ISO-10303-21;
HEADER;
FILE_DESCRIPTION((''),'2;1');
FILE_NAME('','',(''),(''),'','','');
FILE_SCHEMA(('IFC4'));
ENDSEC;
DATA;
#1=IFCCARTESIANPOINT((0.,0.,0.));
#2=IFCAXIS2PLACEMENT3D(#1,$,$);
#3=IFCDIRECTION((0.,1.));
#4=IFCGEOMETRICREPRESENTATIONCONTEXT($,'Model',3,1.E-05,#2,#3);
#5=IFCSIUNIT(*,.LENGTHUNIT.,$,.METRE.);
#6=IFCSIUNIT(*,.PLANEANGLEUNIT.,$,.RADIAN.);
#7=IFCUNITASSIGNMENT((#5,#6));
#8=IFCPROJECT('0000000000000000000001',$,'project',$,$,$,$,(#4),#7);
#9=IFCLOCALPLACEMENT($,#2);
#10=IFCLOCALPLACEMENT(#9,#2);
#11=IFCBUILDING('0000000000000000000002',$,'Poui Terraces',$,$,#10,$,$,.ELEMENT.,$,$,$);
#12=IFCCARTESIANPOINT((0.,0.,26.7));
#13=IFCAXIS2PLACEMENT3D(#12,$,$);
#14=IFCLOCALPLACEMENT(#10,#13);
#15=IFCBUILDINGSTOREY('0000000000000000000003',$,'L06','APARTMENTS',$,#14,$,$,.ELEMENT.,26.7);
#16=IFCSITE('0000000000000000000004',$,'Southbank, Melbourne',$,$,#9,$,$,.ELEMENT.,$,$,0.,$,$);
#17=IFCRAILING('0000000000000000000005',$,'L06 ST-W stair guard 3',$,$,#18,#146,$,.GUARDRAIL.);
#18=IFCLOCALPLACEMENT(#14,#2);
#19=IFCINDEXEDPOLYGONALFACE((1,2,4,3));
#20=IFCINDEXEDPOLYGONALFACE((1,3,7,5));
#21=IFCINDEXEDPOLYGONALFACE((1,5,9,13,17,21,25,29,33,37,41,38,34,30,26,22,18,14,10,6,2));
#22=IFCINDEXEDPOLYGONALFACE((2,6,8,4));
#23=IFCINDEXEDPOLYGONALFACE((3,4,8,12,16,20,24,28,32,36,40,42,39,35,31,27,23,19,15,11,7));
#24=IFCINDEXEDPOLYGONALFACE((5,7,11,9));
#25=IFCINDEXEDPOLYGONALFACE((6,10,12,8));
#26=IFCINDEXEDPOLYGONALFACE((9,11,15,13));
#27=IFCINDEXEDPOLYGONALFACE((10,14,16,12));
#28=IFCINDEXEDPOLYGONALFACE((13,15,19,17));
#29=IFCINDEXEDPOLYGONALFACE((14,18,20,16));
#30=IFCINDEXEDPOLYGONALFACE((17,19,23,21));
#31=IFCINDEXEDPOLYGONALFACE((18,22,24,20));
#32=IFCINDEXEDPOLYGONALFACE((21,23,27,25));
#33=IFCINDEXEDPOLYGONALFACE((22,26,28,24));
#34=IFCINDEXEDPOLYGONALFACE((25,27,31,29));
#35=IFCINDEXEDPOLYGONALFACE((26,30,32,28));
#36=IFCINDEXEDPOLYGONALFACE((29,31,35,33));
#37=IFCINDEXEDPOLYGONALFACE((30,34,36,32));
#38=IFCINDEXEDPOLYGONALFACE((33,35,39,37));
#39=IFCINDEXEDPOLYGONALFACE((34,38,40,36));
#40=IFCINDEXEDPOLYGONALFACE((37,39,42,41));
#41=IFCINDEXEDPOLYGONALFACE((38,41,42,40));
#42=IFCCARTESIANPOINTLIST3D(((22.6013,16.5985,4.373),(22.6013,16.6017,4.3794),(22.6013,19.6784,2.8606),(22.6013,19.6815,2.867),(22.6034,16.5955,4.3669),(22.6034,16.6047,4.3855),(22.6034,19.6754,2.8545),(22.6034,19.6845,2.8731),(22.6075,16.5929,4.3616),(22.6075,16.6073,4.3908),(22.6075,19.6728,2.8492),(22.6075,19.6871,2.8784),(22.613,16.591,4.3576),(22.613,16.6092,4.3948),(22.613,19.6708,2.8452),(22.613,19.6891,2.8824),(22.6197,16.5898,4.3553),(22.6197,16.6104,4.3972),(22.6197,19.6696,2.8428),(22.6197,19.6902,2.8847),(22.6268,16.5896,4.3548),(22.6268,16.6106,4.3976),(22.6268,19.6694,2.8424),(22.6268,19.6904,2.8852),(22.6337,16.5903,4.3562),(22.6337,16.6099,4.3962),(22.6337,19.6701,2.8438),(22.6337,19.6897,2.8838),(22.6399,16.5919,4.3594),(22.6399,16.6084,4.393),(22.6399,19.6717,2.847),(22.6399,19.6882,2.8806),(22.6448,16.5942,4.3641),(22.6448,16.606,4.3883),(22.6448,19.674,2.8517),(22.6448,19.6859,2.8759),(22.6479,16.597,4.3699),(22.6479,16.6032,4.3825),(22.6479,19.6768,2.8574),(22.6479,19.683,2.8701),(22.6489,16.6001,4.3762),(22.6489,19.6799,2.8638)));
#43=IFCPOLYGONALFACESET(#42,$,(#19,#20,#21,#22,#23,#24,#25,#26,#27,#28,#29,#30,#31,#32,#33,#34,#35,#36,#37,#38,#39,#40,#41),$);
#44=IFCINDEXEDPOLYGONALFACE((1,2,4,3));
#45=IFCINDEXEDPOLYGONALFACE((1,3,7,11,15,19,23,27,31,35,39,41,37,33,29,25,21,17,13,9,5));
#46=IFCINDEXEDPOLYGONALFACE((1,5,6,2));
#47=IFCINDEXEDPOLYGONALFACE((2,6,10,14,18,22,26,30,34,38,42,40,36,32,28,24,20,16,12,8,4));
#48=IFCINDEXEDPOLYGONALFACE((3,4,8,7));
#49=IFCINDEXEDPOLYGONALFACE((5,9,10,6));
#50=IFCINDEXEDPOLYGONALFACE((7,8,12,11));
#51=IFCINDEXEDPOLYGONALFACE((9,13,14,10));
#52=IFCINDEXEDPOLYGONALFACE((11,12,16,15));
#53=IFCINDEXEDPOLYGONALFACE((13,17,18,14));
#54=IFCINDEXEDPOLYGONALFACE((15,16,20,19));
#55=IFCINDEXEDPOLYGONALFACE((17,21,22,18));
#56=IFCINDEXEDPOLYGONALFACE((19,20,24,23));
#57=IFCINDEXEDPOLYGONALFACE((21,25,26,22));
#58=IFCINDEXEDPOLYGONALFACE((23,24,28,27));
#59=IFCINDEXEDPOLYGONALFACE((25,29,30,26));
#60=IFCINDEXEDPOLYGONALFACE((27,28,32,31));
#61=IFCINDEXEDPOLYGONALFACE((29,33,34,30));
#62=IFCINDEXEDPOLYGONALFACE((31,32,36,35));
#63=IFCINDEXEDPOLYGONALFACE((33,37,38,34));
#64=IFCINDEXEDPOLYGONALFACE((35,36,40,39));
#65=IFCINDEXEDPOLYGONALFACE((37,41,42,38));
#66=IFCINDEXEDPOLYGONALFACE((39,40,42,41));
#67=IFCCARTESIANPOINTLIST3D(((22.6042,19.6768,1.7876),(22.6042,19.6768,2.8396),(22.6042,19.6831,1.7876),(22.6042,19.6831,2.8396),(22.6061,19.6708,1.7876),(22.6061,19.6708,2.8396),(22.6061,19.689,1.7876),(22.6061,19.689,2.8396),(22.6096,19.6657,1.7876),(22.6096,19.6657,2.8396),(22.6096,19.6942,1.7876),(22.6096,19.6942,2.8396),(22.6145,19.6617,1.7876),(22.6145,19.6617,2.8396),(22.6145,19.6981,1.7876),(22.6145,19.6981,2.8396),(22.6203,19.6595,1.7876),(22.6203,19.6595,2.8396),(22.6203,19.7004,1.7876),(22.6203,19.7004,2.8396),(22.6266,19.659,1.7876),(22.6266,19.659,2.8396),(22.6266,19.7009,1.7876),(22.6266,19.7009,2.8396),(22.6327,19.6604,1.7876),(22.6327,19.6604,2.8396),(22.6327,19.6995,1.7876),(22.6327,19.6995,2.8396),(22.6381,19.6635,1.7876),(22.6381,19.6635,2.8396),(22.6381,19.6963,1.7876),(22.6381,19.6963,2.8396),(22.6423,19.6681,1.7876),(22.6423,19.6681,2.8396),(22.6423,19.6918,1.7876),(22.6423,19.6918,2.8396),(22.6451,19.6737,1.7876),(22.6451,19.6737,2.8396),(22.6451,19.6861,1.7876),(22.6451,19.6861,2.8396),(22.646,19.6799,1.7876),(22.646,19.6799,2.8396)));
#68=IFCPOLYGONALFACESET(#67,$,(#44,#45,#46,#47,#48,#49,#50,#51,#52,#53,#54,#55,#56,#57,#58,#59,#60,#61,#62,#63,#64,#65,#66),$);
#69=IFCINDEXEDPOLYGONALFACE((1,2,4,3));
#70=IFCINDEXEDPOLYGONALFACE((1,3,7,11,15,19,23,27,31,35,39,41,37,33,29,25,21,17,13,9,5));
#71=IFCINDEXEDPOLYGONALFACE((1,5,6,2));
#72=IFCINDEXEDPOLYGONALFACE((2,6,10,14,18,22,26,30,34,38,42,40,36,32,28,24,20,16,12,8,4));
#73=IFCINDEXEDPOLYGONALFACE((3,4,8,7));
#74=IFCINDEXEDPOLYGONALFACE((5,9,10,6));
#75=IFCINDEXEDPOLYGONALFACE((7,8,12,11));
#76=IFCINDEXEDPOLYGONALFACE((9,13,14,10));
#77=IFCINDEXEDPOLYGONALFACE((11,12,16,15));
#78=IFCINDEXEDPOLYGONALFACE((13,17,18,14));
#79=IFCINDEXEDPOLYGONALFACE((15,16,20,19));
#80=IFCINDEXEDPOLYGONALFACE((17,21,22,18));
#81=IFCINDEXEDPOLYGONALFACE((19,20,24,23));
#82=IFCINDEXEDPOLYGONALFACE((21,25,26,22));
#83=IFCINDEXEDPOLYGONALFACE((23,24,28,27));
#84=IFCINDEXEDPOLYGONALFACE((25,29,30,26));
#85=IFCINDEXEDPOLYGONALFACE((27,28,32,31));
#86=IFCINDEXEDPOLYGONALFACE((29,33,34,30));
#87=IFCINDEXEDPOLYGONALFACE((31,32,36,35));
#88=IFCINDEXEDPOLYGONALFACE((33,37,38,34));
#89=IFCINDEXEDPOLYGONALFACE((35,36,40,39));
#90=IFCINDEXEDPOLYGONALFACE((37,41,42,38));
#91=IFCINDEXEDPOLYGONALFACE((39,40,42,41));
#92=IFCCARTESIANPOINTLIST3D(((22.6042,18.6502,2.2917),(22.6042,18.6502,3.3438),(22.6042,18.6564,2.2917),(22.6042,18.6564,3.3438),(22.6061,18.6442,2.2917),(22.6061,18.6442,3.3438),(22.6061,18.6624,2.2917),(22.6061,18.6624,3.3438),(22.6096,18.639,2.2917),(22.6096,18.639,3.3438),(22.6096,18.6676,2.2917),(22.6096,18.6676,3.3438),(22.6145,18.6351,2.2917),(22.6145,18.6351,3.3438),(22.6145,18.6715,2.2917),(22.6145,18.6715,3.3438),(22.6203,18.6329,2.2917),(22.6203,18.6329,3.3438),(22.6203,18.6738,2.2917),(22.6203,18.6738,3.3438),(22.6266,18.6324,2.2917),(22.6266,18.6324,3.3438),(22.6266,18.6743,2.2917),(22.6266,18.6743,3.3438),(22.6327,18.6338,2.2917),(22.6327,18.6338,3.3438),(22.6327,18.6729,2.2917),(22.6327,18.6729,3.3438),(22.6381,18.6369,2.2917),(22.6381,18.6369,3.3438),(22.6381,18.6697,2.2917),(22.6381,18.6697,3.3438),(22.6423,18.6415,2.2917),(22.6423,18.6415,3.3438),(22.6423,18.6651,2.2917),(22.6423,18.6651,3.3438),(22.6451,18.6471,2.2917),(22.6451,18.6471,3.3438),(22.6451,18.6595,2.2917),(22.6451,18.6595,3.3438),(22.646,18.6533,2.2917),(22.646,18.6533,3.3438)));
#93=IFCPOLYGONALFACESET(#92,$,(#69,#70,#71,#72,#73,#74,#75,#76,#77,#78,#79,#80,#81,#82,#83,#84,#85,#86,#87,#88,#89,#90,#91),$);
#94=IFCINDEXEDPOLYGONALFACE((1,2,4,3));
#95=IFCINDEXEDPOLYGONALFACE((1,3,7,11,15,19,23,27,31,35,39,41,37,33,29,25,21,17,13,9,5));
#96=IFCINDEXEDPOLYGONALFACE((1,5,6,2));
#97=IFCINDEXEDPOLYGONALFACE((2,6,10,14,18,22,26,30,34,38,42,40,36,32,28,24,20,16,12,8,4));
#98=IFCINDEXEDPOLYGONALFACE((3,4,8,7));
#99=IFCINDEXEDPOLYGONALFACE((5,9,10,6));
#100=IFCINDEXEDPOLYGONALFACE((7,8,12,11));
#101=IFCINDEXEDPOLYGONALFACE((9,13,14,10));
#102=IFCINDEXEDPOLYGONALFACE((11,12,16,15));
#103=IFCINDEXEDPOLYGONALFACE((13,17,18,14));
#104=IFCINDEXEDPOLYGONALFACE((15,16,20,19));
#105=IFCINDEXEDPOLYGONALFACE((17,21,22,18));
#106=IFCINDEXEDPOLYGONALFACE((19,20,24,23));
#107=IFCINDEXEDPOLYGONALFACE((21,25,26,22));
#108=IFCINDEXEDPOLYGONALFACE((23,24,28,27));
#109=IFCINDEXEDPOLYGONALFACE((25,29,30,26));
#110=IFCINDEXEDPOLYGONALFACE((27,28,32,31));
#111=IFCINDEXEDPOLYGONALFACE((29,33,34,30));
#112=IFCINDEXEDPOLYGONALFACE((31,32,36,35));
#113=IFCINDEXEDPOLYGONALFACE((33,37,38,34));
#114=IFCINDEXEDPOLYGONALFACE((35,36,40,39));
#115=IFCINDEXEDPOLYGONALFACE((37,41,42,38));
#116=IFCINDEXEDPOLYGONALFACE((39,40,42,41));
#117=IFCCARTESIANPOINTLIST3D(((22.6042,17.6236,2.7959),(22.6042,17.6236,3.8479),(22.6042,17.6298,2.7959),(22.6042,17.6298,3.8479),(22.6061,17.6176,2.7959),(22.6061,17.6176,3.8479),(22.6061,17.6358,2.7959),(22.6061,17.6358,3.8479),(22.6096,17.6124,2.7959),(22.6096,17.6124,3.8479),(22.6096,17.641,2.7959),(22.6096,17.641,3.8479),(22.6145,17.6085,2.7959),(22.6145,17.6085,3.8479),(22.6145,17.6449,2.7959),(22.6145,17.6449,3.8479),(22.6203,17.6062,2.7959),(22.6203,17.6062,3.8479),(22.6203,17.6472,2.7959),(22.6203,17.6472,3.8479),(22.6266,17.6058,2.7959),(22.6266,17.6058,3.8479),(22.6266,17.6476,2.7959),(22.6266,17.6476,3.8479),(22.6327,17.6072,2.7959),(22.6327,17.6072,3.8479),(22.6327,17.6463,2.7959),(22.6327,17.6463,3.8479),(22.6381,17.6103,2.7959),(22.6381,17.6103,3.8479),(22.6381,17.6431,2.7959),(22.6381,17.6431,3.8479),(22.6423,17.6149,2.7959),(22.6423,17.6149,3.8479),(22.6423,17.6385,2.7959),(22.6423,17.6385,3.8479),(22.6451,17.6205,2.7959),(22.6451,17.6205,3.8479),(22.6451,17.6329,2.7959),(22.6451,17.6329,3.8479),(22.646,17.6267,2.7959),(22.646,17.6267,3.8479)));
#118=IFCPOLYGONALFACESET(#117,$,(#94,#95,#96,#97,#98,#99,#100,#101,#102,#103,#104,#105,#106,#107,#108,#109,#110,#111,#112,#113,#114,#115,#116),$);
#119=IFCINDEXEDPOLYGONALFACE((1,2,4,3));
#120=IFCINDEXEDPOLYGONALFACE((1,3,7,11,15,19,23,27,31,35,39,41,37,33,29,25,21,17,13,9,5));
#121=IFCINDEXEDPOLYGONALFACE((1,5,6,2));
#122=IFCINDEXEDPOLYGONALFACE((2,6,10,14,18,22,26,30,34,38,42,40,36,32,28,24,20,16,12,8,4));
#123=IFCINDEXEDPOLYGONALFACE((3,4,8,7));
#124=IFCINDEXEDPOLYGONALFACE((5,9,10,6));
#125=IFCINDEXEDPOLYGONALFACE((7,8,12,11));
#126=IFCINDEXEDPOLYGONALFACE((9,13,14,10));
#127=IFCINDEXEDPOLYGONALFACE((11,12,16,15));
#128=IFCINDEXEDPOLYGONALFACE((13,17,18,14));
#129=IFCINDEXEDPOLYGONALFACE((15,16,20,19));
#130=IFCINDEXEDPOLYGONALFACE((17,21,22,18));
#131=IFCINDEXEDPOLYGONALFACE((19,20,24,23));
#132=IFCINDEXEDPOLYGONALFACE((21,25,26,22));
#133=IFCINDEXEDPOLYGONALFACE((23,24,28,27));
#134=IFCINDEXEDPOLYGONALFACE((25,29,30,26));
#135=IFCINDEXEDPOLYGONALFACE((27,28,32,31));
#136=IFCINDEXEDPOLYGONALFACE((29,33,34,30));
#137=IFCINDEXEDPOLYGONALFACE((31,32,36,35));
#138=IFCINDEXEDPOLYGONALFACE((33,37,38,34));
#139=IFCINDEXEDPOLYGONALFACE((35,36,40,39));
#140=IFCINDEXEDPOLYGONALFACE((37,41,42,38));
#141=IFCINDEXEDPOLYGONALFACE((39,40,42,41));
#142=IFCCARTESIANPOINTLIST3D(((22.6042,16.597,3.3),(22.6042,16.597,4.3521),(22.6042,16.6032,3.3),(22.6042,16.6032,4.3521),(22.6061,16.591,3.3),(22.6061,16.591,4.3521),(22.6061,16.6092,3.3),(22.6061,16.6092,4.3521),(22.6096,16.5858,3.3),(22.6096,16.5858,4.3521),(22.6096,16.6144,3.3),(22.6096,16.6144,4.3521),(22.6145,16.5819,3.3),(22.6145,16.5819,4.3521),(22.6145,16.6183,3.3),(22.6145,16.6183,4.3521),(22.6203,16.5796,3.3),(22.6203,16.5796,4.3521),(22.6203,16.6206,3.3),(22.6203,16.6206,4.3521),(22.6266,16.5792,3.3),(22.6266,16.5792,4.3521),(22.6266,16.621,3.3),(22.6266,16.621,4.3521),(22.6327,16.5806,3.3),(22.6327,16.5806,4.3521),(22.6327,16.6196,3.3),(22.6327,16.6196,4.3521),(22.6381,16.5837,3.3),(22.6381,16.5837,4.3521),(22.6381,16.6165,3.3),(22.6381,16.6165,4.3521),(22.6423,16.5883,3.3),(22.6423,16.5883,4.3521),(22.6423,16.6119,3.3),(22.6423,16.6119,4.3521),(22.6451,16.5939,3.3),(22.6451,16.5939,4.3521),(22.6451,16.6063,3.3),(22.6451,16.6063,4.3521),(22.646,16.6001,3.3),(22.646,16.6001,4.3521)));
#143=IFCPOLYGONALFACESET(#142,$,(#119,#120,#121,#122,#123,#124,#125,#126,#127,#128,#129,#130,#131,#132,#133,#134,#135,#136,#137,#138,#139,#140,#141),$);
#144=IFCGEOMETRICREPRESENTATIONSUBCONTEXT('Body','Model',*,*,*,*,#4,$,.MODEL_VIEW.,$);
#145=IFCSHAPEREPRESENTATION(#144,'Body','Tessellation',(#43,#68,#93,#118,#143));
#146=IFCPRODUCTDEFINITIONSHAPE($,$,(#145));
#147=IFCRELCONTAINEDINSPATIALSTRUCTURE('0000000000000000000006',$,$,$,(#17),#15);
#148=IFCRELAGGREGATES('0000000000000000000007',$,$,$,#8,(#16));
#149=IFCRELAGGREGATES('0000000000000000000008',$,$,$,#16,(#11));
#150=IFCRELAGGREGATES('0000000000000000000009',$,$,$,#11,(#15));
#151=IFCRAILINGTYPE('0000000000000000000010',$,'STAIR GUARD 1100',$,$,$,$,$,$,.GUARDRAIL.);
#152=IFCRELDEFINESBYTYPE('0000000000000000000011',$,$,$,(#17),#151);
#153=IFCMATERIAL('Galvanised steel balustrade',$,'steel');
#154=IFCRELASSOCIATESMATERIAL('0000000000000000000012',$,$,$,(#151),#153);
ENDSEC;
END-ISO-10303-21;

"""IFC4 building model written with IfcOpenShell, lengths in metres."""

from ifc_helpers import new_model, si_unit, direction, frame, origin, origin_2d, place, context, subcontext, project, spatial, circle, extrude, material, type_object, element, save


model = new_model("IFC4")

# Units and contexts
model_context = context("Model", 3, precision=1e-05, world=origin(), true_north=direction((0.0, 1.0)))
body_context = subcontext(model_context, "Body", "Model", "MODEL_VIEW")
ifc_project = project(units=[si_unit("LENGTHUNIT", "METRE"), si_unit("PLANEANGLEUNIT", "RADIAN")], contexts=[model_context])

# Site, building, storey
site_placement = place(None, origin())
site = spatial("IfcSite", under=ifc_project, at=site_placement, Name="Southbank, Melbourne", CompositionType="ELEMENT", RefElevation=0.0)
building_placement = place(site_placement, origin())
building = spatial("IfcBuilding", under=site, at=building_placement, Name="Poui Terraces", CompositionType="ELEMENT")
storey_placement = place(building_placement, frame((0.0, 0.0, 26.7)))
storey = spatial("IfcBuildingStorey", under=building, at=storey_placement, Name="L06", Description="APARTMENTS", CompositionType="ELEMENT", Elevation=26.7)

# Railing
ifc_material_1 = material(Name="Galvanised steel balustrade", Category="steel")
railing_type_1 = type_object("IfcRailingType", Name="STAIR GUARD 1100", PredefinedType="GUARDRAIL", material=ifc_material_1)
railing_1_placement = place(storey_placement, frame((22.625, 19.6799, 1.7876)))
element("IfcRailing", 1, at=railing_1_placement, inside=storey, type_object=railing_type_1, Name="L06 ST-W stair guard 3", PredefinedType="GUARDRAIL", context=body_context, shape_type="SweptSolid", body=[
    extrude(circle(Radius=0.0239, at=origin_2d()), frame((0.0, 0.0, 1.0762), z_axis=(0.0, -0.897606, 0.440798), x_axis=(1.0, 0.0, 0.0)), (0.0, 0.0, 1.0), 3.4312),
    extrude(circle(Radius=0.021, at=origin_2d()), origin(), (0.0, 0.0, 1.0), 1.052),
    extrude(circle(Radius=0.021, at=origin_2d()), frame((0.0, -1.0266, 0.5042)), (0.0, 0.0, 1.0), 1.052),
    extrude(circle(Radius=0.021, at=origin_2d()), frame((0.0, -2.0532, 1.0083)), (0.0, 0.0, 1.0), 1.052),
    extrude(circle(Radius=0.021, at=origin_2d()), frame((0.0, -3.0798, 1.5125)), (0.0, 0.0, 1.0), 1.052),
])

save(model, "model.ifc")
